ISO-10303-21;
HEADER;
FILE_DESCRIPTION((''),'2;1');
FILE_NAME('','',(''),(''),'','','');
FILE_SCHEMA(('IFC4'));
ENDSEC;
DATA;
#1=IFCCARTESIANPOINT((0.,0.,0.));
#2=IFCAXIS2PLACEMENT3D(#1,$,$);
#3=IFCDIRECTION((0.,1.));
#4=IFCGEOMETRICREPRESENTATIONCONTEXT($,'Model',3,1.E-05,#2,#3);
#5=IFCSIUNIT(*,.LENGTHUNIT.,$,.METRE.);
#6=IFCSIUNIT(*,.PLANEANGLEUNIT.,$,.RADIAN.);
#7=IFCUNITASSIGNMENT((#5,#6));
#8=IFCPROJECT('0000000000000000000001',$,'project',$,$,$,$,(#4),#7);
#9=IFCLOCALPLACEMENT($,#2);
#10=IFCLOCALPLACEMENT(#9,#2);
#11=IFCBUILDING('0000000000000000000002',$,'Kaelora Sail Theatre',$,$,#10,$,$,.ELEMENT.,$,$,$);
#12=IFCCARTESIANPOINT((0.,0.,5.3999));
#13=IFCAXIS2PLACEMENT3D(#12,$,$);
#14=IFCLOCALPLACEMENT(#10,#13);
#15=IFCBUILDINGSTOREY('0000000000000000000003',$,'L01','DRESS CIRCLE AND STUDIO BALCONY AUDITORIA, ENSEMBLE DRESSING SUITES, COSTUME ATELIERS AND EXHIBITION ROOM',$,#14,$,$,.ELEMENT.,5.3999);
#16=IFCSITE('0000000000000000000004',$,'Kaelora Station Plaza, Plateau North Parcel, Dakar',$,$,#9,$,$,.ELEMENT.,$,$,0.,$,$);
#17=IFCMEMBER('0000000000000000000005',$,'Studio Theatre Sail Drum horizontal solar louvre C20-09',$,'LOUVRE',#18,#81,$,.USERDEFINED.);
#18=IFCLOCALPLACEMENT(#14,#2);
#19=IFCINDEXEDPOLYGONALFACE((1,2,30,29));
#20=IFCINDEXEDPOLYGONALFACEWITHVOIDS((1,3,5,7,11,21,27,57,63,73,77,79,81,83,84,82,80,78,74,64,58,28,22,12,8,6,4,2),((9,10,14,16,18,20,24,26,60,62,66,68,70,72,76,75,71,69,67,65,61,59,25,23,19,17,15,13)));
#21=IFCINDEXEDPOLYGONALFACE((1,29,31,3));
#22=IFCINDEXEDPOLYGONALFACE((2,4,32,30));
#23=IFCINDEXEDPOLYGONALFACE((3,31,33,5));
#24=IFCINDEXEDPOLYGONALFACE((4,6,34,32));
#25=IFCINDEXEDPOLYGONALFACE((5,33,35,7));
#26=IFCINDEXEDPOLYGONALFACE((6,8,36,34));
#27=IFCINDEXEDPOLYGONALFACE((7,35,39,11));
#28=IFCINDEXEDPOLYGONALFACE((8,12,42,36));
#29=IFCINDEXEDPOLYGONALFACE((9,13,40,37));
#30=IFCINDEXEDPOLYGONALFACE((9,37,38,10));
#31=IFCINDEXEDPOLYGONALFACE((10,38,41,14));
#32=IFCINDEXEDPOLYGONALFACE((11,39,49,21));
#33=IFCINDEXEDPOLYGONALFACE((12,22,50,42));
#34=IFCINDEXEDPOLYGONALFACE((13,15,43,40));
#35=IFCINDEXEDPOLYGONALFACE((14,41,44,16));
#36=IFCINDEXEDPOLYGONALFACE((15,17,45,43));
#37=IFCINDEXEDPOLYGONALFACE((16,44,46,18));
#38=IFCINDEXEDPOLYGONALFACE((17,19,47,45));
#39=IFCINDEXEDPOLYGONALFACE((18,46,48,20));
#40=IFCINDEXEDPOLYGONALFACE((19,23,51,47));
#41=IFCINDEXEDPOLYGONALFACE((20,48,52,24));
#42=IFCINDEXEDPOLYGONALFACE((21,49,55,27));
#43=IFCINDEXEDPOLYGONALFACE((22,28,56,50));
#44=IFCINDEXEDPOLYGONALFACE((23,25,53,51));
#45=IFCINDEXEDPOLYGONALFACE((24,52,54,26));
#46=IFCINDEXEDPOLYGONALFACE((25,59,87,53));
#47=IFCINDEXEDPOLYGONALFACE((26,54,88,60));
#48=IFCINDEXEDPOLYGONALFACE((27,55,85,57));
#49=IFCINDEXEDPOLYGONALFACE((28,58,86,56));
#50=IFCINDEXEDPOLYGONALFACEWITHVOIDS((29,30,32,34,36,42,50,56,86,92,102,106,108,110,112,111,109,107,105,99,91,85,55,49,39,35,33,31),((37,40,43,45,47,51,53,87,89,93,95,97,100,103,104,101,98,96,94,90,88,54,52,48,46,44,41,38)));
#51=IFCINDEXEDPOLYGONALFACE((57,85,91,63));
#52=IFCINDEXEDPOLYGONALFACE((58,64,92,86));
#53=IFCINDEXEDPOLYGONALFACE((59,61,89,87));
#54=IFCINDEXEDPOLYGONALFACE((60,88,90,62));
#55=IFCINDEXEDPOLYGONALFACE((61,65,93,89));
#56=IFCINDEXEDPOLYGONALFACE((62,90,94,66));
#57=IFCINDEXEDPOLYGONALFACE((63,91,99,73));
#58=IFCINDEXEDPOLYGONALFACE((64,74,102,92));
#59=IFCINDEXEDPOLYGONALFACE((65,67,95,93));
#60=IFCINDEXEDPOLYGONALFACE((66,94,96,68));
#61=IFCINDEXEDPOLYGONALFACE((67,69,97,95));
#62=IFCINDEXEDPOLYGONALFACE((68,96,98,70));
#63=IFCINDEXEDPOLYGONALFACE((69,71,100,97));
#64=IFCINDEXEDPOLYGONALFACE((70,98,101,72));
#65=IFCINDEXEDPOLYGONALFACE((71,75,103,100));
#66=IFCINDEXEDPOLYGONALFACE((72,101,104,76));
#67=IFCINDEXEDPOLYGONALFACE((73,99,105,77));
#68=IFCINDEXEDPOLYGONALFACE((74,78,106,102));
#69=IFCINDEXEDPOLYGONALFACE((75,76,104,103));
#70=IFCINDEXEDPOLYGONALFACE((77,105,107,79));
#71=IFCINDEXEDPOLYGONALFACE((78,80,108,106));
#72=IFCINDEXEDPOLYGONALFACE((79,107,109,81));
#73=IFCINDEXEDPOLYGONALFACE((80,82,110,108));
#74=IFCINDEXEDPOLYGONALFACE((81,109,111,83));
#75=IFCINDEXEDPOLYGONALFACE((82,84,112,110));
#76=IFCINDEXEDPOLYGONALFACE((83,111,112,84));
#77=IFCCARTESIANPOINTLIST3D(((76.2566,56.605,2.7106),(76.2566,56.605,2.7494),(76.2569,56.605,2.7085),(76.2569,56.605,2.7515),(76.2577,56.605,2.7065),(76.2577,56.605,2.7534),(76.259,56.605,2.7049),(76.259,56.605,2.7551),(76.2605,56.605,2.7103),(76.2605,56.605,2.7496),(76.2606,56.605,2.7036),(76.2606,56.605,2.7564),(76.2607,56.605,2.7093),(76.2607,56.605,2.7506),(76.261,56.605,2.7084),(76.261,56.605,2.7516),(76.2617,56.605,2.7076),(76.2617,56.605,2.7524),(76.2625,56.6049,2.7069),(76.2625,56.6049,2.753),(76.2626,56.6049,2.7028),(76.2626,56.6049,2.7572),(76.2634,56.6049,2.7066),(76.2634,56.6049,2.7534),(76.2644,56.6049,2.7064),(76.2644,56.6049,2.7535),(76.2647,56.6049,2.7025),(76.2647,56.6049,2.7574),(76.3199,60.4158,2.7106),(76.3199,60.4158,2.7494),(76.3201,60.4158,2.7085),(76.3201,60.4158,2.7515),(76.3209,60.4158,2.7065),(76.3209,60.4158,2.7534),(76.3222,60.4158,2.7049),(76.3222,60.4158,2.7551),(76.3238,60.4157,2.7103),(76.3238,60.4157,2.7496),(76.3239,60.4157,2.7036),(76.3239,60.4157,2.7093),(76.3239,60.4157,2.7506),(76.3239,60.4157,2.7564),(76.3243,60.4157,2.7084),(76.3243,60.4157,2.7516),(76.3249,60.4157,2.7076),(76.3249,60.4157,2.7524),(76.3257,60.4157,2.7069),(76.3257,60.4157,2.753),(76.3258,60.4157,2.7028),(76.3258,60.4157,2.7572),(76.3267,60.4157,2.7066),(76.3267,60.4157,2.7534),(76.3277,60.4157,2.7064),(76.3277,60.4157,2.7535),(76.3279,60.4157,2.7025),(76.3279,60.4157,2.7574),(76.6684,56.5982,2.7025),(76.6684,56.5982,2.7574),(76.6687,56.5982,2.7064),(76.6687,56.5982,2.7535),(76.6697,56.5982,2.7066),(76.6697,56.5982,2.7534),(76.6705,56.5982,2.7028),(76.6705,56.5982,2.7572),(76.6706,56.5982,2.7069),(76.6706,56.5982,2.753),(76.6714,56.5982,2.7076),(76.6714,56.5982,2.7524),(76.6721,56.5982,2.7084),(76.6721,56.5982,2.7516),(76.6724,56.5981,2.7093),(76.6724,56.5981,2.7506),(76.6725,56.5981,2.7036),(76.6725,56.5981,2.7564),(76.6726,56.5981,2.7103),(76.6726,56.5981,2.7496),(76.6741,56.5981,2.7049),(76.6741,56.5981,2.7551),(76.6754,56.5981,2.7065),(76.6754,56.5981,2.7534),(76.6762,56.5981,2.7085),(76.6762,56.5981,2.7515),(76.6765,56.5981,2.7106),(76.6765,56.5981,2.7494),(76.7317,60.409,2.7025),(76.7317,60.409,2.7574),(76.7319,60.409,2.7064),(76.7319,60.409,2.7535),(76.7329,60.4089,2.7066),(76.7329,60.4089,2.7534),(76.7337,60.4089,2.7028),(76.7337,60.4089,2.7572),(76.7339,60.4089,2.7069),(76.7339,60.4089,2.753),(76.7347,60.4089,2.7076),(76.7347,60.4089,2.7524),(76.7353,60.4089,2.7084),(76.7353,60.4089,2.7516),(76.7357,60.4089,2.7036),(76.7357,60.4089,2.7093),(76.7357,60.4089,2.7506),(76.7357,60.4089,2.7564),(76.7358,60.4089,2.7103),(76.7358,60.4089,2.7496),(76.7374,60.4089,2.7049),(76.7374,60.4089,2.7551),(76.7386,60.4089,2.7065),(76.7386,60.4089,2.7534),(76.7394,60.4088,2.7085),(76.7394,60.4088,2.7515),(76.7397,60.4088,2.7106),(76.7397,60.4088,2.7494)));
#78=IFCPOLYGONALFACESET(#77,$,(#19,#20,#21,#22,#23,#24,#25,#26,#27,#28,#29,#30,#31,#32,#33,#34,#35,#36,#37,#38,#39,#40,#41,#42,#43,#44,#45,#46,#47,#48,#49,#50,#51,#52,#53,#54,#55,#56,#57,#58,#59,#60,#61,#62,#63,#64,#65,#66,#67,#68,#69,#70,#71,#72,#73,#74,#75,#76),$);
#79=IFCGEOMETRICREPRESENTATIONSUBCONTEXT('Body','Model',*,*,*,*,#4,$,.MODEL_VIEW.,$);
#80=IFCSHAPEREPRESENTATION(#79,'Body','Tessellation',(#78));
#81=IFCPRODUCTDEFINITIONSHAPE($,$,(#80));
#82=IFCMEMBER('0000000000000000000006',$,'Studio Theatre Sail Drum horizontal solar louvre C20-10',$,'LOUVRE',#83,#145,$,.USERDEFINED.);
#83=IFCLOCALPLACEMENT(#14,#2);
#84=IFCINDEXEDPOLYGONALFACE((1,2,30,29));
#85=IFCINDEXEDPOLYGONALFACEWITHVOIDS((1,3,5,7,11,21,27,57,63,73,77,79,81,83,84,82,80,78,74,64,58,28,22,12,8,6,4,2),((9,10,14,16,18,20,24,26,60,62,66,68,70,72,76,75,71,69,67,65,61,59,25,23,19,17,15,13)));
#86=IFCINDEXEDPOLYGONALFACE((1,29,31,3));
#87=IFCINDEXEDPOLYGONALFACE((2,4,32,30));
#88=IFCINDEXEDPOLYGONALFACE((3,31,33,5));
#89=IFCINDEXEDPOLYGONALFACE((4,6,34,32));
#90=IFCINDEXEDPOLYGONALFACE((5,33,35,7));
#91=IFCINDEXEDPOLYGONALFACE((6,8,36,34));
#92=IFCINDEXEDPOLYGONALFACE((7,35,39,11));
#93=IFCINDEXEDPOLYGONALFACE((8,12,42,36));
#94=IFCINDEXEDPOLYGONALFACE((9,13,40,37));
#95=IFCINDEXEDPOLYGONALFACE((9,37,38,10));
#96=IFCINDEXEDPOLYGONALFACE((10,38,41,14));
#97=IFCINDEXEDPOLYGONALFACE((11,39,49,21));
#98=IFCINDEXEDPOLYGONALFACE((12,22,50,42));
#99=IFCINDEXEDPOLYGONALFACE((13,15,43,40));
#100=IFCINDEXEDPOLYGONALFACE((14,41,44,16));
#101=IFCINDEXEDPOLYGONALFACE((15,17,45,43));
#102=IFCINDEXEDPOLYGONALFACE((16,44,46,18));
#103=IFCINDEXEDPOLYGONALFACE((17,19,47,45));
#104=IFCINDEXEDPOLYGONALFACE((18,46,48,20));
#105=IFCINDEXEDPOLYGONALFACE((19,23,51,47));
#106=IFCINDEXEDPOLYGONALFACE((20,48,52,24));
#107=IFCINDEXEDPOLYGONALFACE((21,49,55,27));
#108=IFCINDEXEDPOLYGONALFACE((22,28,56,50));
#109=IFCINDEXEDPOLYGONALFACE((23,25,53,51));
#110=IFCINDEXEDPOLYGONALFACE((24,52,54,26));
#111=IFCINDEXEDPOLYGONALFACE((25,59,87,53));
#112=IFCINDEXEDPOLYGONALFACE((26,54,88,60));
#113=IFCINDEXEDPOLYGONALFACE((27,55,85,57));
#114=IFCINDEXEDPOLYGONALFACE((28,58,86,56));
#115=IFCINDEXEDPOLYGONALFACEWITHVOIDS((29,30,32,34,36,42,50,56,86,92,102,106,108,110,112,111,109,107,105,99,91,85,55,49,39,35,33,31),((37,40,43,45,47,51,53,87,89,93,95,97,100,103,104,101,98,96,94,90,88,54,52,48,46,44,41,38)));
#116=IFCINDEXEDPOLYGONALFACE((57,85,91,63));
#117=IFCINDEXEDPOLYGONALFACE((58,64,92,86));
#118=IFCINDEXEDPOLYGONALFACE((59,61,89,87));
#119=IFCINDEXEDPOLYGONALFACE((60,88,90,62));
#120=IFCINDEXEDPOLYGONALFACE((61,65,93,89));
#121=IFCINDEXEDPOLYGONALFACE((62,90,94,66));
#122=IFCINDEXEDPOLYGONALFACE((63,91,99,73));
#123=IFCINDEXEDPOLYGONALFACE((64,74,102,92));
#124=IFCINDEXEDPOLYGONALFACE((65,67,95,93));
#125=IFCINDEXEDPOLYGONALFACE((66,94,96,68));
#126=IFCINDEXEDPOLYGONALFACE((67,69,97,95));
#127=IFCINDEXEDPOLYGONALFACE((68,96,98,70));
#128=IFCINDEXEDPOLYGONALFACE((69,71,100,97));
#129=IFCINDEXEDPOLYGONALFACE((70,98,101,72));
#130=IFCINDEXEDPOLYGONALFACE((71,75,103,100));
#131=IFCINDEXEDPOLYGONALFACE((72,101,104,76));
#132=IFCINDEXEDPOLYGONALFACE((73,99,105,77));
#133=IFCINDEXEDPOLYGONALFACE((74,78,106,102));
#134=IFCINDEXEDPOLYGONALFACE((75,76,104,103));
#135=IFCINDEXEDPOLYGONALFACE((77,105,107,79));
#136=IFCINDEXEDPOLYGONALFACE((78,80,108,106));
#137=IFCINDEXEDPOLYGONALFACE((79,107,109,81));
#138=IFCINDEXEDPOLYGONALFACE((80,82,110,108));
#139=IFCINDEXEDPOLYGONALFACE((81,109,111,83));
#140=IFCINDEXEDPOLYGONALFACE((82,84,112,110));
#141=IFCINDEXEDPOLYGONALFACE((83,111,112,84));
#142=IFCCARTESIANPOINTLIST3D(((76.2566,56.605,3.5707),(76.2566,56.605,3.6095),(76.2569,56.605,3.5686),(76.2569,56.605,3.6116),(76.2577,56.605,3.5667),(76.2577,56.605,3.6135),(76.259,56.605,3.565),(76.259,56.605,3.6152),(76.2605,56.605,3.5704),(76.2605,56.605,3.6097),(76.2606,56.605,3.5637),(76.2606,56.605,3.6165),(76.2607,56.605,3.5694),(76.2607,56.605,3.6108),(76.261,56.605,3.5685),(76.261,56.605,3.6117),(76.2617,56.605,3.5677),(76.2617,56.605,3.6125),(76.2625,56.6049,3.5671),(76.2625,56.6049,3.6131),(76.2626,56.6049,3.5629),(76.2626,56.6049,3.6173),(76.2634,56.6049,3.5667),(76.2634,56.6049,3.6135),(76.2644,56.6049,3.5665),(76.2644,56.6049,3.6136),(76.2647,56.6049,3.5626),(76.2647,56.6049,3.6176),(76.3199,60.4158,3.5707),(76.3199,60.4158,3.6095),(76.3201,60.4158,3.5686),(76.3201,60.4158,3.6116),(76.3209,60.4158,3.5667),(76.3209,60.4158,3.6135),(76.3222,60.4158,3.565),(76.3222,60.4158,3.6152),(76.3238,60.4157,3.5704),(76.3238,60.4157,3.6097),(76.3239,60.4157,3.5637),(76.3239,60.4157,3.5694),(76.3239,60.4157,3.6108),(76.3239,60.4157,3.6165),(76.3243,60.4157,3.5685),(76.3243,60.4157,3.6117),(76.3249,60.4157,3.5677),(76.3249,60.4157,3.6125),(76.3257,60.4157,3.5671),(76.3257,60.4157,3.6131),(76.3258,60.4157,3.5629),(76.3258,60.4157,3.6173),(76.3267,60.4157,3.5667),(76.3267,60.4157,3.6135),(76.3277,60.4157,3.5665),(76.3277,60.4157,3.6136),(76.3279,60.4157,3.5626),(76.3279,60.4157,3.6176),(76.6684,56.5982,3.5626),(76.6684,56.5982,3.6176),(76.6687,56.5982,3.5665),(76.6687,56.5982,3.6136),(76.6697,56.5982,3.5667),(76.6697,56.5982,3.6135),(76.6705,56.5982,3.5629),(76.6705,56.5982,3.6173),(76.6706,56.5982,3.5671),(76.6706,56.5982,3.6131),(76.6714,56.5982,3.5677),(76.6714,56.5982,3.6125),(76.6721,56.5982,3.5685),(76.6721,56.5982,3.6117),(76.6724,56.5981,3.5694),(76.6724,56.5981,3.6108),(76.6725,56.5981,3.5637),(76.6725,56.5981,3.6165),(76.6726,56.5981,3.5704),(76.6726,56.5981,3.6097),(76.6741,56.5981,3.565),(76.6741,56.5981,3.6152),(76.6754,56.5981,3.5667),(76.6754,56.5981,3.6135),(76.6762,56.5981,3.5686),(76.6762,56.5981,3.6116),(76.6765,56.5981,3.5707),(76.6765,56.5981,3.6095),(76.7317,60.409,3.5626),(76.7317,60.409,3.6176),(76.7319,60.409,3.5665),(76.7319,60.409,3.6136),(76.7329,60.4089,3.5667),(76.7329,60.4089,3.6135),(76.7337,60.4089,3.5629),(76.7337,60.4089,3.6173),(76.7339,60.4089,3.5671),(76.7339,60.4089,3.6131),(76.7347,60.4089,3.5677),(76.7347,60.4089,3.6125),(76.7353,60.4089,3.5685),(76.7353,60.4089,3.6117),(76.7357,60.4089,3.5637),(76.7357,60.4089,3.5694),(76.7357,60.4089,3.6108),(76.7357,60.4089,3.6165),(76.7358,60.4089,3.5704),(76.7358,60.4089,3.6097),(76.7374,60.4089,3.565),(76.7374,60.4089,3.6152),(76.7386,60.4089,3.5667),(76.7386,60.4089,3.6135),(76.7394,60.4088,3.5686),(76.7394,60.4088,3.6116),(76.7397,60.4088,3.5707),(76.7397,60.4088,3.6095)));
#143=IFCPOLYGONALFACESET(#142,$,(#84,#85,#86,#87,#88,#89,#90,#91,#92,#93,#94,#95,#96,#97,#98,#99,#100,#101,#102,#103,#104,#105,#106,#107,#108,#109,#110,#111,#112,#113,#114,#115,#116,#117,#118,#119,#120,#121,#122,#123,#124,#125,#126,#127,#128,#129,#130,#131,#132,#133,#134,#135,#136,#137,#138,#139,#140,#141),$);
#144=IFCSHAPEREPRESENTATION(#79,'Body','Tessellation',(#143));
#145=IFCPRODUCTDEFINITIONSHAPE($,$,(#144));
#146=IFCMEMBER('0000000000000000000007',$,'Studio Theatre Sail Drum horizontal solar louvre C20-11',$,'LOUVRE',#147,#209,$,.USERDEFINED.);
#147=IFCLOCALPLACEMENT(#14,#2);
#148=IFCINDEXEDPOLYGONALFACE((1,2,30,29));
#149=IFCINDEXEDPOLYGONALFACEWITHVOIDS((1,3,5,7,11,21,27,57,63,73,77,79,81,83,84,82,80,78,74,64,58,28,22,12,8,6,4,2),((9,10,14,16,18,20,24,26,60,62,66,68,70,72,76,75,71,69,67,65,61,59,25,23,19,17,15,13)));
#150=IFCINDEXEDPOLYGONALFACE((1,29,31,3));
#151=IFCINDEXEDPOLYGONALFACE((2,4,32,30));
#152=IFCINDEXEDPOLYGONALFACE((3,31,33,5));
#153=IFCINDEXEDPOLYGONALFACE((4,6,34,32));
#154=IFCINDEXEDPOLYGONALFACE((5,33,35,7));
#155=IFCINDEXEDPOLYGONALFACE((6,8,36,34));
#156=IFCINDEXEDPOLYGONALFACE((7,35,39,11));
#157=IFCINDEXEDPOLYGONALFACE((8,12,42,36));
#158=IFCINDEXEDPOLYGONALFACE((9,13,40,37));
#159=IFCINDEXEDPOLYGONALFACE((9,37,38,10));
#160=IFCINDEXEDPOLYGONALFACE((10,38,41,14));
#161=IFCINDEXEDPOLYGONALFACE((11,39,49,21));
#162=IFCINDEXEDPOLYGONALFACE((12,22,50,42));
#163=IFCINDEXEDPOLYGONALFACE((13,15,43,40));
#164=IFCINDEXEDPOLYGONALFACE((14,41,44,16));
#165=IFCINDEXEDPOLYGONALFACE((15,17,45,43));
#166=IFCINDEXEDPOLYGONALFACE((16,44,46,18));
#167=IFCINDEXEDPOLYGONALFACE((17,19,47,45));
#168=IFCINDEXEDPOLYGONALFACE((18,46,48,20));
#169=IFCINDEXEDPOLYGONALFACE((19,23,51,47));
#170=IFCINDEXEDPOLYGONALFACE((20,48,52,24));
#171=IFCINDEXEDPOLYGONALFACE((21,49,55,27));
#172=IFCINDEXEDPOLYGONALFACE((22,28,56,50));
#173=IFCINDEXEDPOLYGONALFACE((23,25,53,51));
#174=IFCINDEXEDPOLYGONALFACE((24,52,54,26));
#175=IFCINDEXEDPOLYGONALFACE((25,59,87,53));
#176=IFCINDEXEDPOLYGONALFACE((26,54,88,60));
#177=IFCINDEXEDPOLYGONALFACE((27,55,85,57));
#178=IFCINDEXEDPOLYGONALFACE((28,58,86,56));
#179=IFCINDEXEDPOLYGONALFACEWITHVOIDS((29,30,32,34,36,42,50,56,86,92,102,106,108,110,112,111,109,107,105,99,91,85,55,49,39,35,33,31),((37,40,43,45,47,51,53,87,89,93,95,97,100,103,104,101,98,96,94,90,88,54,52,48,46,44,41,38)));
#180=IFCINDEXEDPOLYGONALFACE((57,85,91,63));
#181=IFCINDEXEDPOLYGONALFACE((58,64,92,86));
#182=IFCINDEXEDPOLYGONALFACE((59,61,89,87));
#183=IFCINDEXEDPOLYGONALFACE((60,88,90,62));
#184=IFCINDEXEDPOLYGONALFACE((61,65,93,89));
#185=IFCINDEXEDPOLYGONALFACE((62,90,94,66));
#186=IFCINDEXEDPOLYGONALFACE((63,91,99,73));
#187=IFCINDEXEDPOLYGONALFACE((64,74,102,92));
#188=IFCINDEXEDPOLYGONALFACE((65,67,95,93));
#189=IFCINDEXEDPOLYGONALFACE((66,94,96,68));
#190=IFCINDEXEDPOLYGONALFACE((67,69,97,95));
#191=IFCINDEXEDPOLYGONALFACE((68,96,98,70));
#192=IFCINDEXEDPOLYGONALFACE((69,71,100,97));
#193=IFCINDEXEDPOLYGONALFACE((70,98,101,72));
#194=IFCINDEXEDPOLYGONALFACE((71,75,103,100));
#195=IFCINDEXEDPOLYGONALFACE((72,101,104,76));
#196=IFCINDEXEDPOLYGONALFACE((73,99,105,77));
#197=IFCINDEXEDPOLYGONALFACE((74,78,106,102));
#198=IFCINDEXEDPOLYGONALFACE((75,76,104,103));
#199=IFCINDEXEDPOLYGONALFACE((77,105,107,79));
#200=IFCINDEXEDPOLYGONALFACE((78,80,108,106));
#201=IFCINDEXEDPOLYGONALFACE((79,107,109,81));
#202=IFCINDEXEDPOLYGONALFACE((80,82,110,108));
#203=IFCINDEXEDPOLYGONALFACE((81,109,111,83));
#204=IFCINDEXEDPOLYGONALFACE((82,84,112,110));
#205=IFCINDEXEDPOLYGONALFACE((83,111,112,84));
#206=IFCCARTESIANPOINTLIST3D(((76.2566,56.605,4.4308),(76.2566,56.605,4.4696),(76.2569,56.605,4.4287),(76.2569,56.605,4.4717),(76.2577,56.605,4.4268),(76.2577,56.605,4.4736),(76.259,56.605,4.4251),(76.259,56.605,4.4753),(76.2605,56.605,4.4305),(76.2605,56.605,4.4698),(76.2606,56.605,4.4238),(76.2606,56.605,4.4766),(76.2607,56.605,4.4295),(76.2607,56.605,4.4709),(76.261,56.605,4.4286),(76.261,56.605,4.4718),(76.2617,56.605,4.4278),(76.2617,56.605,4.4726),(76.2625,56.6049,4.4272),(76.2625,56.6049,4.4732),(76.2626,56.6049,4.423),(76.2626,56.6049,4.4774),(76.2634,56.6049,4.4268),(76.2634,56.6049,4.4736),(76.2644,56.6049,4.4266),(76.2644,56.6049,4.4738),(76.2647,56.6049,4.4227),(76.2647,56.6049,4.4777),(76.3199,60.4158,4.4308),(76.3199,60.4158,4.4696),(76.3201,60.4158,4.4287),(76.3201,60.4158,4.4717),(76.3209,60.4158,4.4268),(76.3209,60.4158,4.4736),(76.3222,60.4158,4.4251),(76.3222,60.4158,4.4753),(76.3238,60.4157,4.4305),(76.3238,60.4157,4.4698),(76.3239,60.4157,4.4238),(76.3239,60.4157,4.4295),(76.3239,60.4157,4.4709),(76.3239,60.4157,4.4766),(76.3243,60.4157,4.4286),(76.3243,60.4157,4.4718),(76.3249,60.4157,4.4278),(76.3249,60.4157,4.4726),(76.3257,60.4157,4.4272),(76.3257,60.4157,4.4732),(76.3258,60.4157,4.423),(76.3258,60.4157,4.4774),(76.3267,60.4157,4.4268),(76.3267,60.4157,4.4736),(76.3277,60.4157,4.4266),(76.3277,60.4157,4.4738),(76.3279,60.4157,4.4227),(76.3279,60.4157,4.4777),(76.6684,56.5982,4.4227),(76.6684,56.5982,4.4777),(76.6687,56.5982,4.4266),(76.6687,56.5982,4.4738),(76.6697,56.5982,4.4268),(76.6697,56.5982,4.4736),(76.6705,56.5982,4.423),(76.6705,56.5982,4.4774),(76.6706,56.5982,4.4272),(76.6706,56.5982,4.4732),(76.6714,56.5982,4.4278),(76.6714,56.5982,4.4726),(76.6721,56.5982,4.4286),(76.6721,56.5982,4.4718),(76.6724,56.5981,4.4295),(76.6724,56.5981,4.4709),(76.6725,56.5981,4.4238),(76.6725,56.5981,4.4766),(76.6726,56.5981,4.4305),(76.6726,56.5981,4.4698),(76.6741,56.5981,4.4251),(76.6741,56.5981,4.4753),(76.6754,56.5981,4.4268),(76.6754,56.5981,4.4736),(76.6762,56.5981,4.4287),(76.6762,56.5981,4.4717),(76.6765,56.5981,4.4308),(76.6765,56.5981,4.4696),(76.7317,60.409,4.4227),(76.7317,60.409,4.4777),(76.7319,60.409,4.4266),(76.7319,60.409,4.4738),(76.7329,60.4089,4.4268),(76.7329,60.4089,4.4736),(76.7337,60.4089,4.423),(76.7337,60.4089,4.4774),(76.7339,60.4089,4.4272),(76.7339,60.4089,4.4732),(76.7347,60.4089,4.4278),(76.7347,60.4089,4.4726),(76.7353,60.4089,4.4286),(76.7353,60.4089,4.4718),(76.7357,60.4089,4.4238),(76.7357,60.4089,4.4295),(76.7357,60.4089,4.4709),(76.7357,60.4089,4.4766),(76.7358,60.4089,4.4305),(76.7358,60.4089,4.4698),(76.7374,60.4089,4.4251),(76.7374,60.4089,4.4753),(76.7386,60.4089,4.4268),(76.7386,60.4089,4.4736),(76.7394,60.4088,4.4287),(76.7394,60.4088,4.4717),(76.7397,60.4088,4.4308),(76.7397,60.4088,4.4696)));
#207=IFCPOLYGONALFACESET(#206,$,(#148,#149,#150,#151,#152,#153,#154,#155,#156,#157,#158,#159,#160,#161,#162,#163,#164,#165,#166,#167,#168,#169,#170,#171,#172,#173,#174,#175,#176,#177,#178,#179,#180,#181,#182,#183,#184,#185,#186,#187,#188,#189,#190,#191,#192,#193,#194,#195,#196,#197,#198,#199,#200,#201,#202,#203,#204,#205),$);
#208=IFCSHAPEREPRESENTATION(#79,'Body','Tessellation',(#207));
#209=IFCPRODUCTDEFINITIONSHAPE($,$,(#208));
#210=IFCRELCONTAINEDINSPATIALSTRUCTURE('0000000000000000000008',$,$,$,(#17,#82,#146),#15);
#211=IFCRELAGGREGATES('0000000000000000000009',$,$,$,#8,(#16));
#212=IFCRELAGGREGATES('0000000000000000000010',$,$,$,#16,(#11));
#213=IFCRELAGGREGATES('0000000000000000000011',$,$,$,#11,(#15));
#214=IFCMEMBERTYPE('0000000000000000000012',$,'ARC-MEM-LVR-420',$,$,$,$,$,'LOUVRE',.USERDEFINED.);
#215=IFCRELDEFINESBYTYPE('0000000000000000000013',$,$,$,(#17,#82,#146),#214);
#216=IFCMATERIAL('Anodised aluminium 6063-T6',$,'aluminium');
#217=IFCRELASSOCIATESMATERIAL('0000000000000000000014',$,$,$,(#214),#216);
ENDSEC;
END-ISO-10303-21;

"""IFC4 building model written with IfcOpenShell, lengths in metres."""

from ifc_helpers import new_model, si_unit, direction, frame, origin, origin_2d, place, context, subcontext, project, spatial, hollow_rectangle, extrude, material, material_profile, profile_set, type_object, element, save


model = new_model("IFC4")

# Units and contexts
model_context = context("Model", 3, precision=1e-05, world=origin(), true_north=direction((0.0, 1.0)))
body_context = subcontext(model_context, "Body", "Model", "MODEL_VIEW")
ifc_project = project(units=[si_unit("LENGTHUNIT", "METRE"), si_unit("PLANEANGLEUNIT", "RADIAN")], contexts=[model_context])

# Site, building, storey
site_placement = place(None, origin())
site = spatial("IfcSite", under=ifc_project, at=site_placement, Name="Kaelora Station Plaza, Plateau North Parcel, Dakar", CompositionType="ELEMENT", RefElevation=0.0)
building_placement = place(site_placement, origin())
building = spatial("IfcBuilding", under=site, at=building_placement, Name="Kaelora Sail Theatre", CompositionType="ELEMENT")
storey_placement = place(building_placement, frame((0.0, 0.0, 5.3999)))
storey = spatial("IfcBuildingStorey", under=building, at=storey_placement, Name="L01", Description="DRESS CIRCLE AND STUDIO BALCONY AUDITORIA, ENSEMBLE DRESSING SUITES, COSTUME ATELIERS AND EXHIBITION ROOM", CompositionType="ELEMENT", Elevation=5.3999)

# Members
ifc_material_1 = material(Name="Anodised aluminium 6063-T6", Category="aluminium")
ifc_material_profile_1 = material_profile(ifc_material_1, hollow_rectangle(XDim=0.4199, YDim=0.0549, WallThickness=0.0039, InnerFilletRadius=0.0039, OuterFilletRadius=0.0081, at=origin_2d()), Name="LOUVRE 420x55x4")
ifc_profile_set_1 = profile_set([ifc_material_profile_1], Name="Anodised aluminium 6063-T6")
member_type_1 = type_object("IfcMemberType", Name="ARC-MEM-LVR-420", ElementType="LOUVRE", PredefinedType="USERDEFINED", material=ifc_profile_set_1)
for number, where, z_axis, x_axis, name in (
    (1, (76.4666, 56.6016, 2.73), (0.016591, 0.999862, 0.0), (-0.999862, 0.016591, 0.0), "Studio Theatre Sail Drum horizontal solar louvre C20-09"),
    (2, (76.4666, 56.6016, 3.5901), (0.016591, 0.999862, 0.0), (-0.999862, 0.016591, 0.0), "Studio Theatre Sail Drum horizontal solar louvre C20-10"),
    (3, (76.4666, 56.6016, 4.4502), (0.016591, 0.999862, 0.0), (-0.999862, 0.016591, 0.0), "Studio Theatre Sail Drum horizontal solar louvre C20-11"),
):
    element("IfcMember", number, at=place(storey_placement, frame(where, z_axis=z_axis, x_axis=x_axis)), inside=storey, type_object=member_type_1, Name=name, ObjectType="LOUVRE", PredefinedType="USERDEFINED", context=body_context, shape_type="SweptSolid", body=[
        extrude(hollow_rectangle(XDim=0.4199, YDim=0.0549, WallThickness=0.0039, InnerFilletRadius=0.0039, OuterFilletRadius=0.0081, at=origin_2d()), origin(), (0.0, 0.0, 1.0), 3.8113),
    ])

save(model, "model.ifc")
